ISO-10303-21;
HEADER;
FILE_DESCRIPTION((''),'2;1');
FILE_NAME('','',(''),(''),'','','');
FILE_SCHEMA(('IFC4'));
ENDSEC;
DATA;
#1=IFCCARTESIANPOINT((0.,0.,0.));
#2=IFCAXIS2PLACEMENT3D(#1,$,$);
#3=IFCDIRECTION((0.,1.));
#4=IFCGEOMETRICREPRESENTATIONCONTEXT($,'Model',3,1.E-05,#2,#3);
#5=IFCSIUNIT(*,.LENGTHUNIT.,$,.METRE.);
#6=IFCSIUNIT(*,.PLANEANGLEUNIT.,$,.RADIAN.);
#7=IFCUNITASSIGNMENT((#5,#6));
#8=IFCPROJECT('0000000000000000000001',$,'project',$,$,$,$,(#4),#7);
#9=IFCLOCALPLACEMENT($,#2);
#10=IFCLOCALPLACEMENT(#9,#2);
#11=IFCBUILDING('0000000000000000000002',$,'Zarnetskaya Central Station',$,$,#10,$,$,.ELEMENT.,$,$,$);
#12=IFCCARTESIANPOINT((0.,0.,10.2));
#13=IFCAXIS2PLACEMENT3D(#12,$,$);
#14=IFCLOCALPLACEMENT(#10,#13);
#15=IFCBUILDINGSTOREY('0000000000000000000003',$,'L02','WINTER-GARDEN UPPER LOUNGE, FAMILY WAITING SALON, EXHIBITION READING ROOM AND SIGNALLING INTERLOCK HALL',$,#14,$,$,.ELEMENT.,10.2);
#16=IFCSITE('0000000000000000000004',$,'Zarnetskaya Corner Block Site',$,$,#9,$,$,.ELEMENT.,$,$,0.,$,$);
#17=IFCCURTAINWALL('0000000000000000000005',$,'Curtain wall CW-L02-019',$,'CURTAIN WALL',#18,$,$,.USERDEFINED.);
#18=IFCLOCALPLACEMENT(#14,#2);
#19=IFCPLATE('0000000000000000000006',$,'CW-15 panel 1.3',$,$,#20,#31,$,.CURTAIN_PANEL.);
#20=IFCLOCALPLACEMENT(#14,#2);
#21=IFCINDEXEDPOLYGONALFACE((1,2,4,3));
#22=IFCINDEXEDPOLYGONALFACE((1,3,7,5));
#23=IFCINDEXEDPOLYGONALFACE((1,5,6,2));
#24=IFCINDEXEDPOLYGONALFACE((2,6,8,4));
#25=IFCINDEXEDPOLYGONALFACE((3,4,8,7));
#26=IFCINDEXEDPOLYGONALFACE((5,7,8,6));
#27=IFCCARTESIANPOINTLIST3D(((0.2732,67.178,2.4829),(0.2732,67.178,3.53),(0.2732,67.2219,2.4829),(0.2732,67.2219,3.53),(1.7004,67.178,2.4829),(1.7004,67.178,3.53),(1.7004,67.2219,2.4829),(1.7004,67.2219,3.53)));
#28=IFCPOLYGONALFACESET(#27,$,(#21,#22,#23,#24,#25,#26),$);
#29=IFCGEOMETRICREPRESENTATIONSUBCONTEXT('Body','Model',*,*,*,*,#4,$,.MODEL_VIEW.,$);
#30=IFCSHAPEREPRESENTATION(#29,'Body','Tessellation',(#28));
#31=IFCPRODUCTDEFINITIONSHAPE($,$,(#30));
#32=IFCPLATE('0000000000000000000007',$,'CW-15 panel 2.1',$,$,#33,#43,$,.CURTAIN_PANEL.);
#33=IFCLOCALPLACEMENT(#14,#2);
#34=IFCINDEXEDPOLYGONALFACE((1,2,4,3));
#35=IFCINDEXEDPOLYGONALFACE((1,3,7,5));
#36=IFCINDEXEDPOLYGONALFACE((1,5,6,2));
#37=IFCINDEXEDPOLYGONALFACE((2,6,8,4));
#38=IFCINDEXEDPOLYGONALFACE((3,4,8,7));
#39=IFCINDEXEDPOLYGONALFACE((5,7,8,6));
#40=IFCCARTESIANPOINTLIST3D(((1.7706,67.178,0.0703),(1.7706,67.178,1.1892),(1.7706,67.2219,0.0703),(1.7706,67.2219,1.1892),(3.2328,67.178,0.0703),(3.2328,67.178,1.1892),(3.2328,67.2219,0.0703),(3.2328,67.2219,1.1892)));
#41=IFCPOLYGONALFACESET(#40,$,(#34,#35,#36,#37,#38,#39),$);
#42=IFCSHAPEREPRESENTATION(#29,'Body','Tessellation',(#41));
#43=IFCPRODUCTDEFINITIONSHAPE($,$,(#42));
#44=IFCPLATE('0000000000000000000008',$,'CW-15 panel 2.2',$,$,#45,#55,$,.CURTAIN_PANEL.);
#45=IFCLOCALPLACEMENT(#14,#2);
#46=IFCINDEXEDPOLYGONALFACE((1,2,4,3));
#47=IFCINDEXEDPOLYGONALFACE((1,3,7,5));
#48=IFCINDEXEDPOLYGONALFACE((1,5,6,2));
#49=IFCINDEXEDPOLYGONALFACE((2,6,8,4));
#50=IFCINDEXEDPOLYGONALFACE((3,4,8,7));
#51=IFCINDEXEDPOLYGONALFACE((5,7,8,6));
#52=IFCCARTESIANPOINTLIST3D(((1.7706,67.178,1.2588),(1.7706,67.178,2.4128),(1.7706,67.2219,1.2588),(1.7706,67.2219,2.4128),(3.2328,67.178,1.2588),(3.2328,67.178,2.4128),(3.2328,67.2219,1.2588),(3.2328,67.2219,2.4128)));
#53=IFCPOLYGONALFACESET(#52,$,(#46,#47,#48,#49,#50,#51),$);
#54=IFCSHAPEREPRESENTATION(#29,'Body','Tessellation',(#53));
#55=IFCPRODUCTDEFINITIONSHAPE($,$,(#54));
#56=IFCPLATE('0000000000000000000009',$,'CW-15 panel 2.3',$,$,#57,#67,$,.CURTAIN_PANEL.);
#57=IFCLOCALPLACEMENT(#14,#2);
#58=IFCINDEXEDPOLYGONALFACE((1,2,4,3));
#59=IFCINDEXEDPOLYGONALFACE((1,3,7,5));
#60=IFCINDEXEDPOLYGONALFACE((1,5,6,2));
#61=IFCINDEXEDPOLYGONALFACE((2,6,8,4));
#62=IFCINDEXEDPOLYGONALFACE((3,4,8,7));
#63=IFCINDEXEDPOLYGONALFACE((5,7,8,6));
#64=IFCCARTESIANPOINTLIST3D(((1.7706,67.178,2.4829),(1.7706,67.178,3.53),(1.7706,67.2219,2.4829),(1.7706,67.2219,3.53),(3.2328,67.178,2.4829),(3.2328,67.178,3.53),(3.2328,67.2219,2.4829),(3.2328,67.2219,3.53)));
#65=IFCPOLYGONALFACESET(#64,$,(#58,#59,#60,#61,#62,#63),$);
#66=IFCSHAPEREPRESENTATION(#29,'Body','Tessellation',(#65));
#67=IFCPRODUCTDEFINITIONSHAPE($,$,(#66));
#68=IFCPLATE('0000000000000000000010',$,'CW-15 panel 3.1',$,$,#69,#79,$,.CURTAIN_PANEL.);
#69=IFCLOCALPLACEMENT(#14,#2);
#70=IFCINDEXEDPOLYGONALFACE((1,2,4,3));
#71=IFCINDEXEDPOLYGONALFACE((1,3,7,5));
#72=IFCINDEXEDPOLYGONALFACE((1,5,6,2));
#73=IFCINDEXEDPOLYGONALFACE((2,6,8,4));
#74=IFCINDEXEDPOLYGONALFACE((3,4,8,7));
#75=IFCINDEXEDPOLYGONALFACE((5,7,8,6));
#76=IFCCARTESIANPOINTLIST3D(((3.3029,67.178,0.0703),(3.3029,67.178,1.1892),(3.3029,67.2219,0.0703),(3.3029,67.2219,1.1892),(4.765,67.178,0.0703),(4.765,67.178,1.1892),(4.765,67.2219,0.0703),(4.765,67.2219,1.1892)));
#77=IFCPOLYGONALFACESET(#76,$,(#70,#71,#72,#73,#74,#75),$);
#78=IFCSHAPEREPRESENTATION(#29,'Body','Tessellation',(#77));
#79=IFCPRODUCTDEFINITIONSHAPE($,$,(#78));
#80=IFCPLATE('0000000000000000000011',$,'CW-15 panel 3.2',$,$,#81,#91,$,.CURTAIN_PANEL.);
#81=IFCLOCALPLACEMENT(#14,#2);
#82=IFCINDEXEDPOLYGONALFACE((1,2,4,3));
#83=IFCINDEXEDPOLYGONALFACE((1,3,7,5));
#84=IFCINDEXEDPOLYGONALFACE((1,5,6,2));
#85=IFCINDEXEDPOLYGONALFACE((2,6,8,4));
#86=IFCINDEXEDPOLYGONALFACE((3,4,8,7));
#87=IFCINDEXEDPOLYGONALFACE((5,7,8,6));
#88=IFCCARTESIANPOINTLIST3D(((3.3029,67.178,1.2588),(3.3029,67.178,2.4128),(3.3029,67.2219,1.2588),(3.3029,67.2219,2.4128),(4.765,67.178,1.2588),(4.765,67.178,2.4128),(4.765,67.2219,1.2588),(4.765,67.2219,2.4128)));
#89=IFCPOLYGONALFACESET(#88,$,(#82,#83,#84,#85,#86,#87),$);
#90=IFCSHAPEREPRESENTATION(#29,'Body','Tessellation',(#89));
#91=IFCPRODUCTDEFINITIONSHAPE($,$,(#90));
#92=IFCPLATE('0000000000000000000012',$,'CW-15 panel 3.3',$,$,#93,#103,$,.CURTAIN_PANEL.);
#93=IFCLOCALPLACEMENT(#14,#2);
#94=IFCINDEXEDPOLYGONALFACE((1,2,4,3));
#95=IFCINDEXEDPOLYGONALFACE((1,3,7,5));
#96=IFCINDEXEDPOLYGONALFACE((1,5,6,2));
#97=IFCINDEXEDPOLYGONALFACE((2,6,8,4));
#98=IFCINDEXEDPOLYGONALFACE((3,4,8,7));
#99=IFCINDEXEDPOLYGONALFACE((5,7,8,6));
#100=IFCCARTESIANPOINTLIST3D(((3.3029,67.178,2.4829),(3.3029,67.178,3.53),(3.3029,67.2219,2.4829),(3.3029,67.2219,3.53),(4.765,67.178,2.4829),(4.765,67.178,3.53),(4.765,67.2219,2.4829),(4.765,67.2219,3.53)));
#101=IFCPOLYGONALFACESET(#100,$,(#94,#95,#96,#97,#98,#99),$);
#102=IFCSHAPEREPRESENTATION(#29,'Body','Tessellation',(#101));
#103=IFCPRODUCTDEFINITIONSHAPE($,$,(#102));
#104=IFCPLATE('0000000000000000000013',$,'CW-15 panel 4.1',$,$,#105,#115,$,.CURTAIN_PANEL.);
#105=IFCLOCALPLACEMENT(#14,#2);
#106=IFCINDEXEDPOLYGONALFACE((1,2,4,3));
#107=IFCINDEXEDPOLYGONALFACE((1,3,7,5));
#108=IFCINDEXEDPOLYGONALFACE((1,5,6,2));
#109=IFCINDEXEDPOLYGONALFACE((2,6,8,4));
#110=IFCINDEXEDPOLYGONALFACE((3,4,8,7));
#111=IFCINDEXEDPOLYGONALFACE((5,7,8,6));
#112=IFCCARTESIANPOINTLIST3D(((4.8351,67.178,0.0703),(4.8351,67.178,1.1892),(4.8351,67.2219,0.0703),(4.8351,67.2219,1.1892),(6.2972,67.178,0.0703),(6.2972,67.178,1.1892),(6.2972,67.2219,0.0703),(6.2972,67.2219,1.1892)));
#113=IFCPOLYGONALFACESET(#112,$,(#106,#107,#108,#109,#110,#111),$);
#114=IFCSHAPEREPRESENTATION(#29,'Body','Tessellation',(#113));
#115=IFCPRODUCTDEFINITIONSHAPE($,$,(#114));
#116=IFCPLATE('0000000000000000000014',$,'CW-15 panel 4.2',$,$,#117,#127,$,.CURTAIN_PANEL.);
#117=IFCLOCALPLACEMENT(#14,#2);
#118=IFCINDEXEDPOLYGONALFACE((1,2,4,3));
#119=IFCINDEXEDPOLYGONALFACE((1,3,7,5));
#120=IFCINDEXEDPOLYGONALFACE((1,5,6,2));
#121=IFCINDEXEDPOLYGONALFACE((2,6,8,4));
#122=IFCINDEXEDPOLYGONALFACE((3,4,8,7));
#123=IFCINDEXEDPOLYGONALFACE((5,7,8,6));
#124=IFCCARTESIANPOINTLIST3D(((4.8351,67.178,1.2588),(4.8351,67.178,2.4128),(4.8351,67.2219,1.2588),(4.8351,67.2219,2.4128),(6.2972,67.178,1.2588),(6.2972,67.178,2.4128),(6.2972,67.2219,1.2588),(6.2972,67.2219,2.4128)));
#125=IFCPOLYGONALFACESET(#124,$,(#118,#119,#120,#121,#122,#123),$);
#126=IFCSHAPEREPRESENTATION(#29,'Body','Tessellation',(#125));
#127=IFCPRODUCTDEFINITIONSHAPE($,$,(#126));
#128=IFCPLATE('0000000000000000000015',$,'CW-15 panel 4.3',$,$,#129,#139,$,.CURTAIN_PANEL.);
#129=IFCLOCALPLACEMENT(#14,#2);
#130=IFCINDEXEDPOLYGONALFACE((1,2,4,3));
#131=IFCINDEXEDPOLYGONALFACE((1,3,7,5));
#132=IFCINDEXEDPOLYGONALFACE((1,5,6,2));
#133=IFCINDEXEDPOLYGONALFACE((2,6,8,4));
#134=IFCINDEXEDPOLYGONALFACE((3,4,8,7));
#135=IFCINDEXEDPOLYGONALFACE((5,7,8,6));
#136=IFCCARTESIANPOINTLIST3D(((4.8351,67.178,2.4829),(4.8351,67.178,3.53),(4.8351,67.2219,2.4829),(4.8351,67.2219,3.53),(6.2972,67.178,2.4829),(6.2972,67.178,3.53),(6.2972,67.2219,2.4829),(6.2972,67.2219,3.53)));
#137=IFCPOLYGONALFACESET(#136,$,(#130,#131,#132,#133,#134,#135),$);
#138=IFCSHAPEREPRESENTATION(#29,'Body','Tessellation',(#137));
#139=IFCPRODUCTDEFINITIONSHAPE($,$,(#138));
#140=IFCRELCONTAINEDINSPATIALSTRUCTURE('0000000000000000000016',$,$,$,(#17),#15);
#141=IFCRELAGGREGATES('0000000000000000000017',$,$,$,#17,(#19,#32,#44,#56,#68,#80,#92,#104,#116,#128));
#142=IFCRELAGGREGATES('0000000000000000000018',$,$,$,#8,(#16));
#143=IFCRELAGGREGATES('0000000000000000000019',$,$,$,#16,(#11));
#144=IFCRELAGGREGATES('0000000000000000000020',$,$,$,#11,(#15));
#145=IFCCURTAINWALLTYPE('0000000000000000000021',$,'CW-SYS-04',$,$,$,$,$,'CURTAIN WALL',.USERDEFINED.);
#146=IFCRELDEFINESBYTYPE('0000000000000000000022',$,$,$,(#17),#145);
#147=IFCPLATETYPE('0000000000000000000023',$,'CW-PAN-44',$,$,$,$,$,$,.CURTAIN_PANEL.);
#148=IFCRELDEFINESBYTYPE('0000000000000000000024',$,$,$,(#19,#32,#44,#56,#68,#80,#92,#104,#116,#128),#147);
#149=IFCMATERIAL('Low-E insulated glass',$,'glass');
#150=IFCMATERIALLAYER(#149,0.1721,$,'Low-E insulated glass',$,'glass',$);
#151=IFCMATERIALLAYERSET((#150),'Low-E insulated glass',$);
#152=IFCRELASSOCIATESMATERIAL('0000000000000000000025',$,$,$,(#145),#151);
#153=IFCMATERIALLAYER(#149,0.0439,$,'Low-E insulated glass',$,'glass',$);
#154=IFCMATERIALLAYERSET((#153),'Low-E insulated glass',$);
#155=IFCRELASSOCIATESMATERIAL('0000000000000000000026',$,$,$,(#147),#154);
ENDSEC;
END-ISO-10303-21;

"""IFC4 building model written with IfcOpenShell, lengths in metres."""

from ifc_helpers import new_model, si_unit, direction, frame, origin, origin_2d, place, context, subcontext, project, spatial, rectangle, extrude, material, layer, layer_set, type_object, element, aggregate, save


model = new_model("IFC4")

# Units and contexts
model_context = context("Model", 3, precision=1e-05, world=origin(), true_north=direction((0.0, 1.0)))
body_context = subcontext(model_context, "Body", "Model", "MODEL_VIEW")
ifc_project = project(units=[si_unit("LENGTHUNIT", "METRE"), si_unit("PLANEANGLEUNIT", "RADIAN")], contexts=[model_context])

# Site, building, storey
site_placement = place(None, origin())
site = spatial("IfcSite", under=ifc_project, at=site_placement, Name="Zarnetskaya Corner Block Site", CompositionType="ELEMENT", RefElevation=0.0)
building_placement = place(site_placement, origin())
building = spatial("IfcBuilding", under=site, at=building_placement, Name="Zarnetskaya Central Station", CompositionType="ELEMENT")
storey_placement = place(building_placement, frame((0.0, 0.0, 10.2)))
storey = spatial("IfcBuildingStorey", under=building, at=storey_placement, Name="L02", Description="WINTER-GARDEN UPPER LOUNGE, FAMILY WAITING SALON, EXHIBITION READING ROOM AND SIGNALLING INTERLOCK HALL", CompositionType="ELEMENT", Elevation=10.2)

# Curtain wall, plates
ifc_material_1 = material(Name="Low-E insulated glass", Category="glass")
ifc_layer_1 = layer(ifc_material_1, 0.1721, Name="Low-E insulated glass", Category="glass")
ifc_layer_set_1 = layer_set([ifc_layer_1], Name="Low-E insulated glass")
curtain_wall_type = type_object("IfcCurtainWallType", Name="CW-SYS-04", ElementType="CURTAIN WALL", PredefinedType="USERDEFINED", material=ifc_layer_set_1)
curtain_wall_placement = place(storey_placement, origin())
curtain_wall = element("IfcCurtainWall", 1, at=curtain_wall_placement, inside=storey, type_object=curtain_wall_type, Name="Curtain wall CW-L02-019", ObjectType="CURTAIN WALL", PredefinedType="USERDEFINED")
ifc_layer_2 = layer(ifc_material_1, 0.0439, Name="Low-E insulated glass", Category="glass")
ifc_layer_set_2 = layer_set([ifc_layer_2], Name="Low-E insulated glass")
plate_type = type_object("IfcPlateType", Name="CW-PAN-44", PredefinedType="CURTAIN_PANEL", material=ifc_layer_set_2)
plate_1_placement = place(storey_placement, frame((0.9868, 67.2, 2.4829), z_axis=(0.0, 0.0, 1.0), x_axis=(1.0, 0.0, 0.0)))
plate_1 = element("IfcPlate", 2, at=plate_1_placement, type_object=plate_type, Name="CW-15 panel 1.3", PredefinedType="CURTAIN_PANEL", context=body_context, shape_type="SweptSolid", body=[
    extrude(rectangle(XDim=1.4272, YDim=0.0439, at=origin_2d()), origin(), (0.0, 0.0, 1.0), 1.0471),
])
plate_2_placement = place(storey_placement, frame((2.5017, 67.2, 0.0703), z_axis=(0.0, 0.0, 1.0), x_axis=(1.0, 0.0, 0.0)))
plate_2 = element("IfcPlate", 3, at=plate_2_placement, type_object=plate_type, Name="CW-15 panel 2.1", PredefinedType="CURTAIN_PANEL", context=body_context, shape_type="SweptSolid", body=[
    extrude(rectangle(XDim=1.4622, YDim=0.0439, at=origin_2d()), origin(), (0.0, 0.0, 1.0), 1.1189),
])
plate_3_placement = place(storey_placement, frame((2.5017, 67.2, 1.2588), z_axis=(0.0, 0.0, 1.0), x_axis=(1.0, 0.0, 0.0)))
plate_3 = element("IfcPlate", 4, at=plate_3_placement, type_object=plate_type, Name="CW-15 panel 2.2", PredefinedType="CURTAIN_PANEL", context=body_context, shape_type="SweptSolid", body=[
    extrude(rectangle(XDim=1.4622, YDim=0.0439, at=origin_2d()), origin(), (0.0, 0.0, 1.0), 1.1541),
])
plate_4_placement = place(storey_placement, frame((2.5017, 67.2, 2.4829), z_axis=(0.0, 0.0, 1.0), x_axis=(1.0, 0.0, 0.0)))
plate_4 = element("IfcPlate", 5, at=plate_4_placement, type_object=plate_type, Name="CW-15 panel 2.3", PredefinedType="CURTAIN_PANEL", context=body_context, shape_type="SweptSolid", body=[
    extrude(rectangle(XDim=1.4622, YDim=0.0439, at=origin_2d()), origin(), (0.0, 0.0, 1.0), 1.0471),
])
plate_5_placement = place(storey_placement, frame((4.0339, 67.2, 0.0703), z_axis=(0.0, 0.0, 1.0), x_axis=(1.0, 0.0, 0.0)))
plate_5 = element("IfcPlate", 6, at=plate_5_placement, type_object=plate_type, Name="CW-15 panel 3.1", PredefinedType="CURTAIN_PANEL", context=body_context, shape_type="SweptSolid", body=[
    extrude(rectangle(XDim=1.4622, YDim=0.0439, at=origin_2d()), origin(), (0.0, 0.0, 1.0), 1.1189),
])
plate_6_placement = place(storey_placement, frame((4.0339, 67.2, 1.2588), z_axis=(0.0, 0.0, 1.0), x_axis=(1.0, 0.0, 0.0)))
plate_6 = element("IfcPlate", 7, at=plate_6_placement, type_object=plate_type, Name="CW-15 panel 3.2", PredefinedType="CURTAIN_PANEL", context=body_context, shape_type="SweptSolid", body=[
    extrude(rectangle(XDim=1.4622, YDim=0.0439, at=origin_2d()), origin(), (0.0, 0.0, 1.0), 1.1541),
])
plate_7_placement = place(storey_placement, frame((4.0339, 67.2, 2.4829), z_axis=(0.0, 0.0, 1.0), x_axis=(1.0, 0.0, 0.0)))
plate_7 = element("IfcPlate", 8, at=plate_7_placement, type_object=plate_type, Name="CW-15 panel 3.3", PredefinedType="CURTAIN_PANEL", context=body_context, shape_type="SweptSolid", body=[
    extrude(rectangle(XDim=1.4622, YDim=0.0439, at=origin_2d()), origin(), (0.0, 0.0, 1.0), 1.0471),
])
plate_8_placement = place(storey_placement, frame((5.5662, 67.2, 0.0703), z_axis=(0.0, 0.0, 1.0), x_axis=(1.0, 0.0, 0.0)))
plate_8 = element("IfcPlate", 9, at=plate_8_placement, type_object=plate_type, Name="CW-15 panel 4.1", PredefinedType="CURTAIN_PANEL", context=body_context, shape_type="SweptSolid", body=[
    extrude(rectangle(XDim=1.4622, YDim=0.0439, at=origin_2d()), origin(), (0.0, 0.0, 1.0), 1.1189),
])
plate_9_placement = place(storey_placement, frame((5.5662, 67.2, 1.2588), z_axis=(0.0, 0.0, 1.0), x_axis=(1.0, 0.0, 0.0)))
plate_9 = element("IfcPlate", 10, at=plate_9_placement, type_object=plate_type, Name="CW-15 panel 4.2", PredefinedType="CURTAIN_PANEL", context=body_context, shape_type="SweptSolid", body=[
    extrude(rectangle(XDim=1.4622, YDim=0.0439, at=origin_2d()), origin(), (0.0, 0.0, 1.0), 1.1541),
])
plate_10_placement = place(storey_placement, frame((5.5662, 67.2, 2.4829), z_axis=(0.0, 0.0, 1.0), x_axis=(1.0, 0.0, 0.0)))
plate_10 = element("IfcPlate", 11, at=plate_10_placement, type_object=plate_type, Name="CW-15 panel 4.3", PredefinedType="CURTAIN_PANEL", context=body_context, shape_type="SweptSolid", body=[
    extrude(rectangle(XDim=1.4622, YDim=0.0439, at=origin_2d()), origin(), (0.0, 0.0, 1.0), 1.0471),
])
aggregate(curtain_wall, [plate_1, plate_2, plate_3, plate_4, plate_5, plate_6, plate_7, plate_8, plate_9, plate_10])

save(model, "model.ifc")
